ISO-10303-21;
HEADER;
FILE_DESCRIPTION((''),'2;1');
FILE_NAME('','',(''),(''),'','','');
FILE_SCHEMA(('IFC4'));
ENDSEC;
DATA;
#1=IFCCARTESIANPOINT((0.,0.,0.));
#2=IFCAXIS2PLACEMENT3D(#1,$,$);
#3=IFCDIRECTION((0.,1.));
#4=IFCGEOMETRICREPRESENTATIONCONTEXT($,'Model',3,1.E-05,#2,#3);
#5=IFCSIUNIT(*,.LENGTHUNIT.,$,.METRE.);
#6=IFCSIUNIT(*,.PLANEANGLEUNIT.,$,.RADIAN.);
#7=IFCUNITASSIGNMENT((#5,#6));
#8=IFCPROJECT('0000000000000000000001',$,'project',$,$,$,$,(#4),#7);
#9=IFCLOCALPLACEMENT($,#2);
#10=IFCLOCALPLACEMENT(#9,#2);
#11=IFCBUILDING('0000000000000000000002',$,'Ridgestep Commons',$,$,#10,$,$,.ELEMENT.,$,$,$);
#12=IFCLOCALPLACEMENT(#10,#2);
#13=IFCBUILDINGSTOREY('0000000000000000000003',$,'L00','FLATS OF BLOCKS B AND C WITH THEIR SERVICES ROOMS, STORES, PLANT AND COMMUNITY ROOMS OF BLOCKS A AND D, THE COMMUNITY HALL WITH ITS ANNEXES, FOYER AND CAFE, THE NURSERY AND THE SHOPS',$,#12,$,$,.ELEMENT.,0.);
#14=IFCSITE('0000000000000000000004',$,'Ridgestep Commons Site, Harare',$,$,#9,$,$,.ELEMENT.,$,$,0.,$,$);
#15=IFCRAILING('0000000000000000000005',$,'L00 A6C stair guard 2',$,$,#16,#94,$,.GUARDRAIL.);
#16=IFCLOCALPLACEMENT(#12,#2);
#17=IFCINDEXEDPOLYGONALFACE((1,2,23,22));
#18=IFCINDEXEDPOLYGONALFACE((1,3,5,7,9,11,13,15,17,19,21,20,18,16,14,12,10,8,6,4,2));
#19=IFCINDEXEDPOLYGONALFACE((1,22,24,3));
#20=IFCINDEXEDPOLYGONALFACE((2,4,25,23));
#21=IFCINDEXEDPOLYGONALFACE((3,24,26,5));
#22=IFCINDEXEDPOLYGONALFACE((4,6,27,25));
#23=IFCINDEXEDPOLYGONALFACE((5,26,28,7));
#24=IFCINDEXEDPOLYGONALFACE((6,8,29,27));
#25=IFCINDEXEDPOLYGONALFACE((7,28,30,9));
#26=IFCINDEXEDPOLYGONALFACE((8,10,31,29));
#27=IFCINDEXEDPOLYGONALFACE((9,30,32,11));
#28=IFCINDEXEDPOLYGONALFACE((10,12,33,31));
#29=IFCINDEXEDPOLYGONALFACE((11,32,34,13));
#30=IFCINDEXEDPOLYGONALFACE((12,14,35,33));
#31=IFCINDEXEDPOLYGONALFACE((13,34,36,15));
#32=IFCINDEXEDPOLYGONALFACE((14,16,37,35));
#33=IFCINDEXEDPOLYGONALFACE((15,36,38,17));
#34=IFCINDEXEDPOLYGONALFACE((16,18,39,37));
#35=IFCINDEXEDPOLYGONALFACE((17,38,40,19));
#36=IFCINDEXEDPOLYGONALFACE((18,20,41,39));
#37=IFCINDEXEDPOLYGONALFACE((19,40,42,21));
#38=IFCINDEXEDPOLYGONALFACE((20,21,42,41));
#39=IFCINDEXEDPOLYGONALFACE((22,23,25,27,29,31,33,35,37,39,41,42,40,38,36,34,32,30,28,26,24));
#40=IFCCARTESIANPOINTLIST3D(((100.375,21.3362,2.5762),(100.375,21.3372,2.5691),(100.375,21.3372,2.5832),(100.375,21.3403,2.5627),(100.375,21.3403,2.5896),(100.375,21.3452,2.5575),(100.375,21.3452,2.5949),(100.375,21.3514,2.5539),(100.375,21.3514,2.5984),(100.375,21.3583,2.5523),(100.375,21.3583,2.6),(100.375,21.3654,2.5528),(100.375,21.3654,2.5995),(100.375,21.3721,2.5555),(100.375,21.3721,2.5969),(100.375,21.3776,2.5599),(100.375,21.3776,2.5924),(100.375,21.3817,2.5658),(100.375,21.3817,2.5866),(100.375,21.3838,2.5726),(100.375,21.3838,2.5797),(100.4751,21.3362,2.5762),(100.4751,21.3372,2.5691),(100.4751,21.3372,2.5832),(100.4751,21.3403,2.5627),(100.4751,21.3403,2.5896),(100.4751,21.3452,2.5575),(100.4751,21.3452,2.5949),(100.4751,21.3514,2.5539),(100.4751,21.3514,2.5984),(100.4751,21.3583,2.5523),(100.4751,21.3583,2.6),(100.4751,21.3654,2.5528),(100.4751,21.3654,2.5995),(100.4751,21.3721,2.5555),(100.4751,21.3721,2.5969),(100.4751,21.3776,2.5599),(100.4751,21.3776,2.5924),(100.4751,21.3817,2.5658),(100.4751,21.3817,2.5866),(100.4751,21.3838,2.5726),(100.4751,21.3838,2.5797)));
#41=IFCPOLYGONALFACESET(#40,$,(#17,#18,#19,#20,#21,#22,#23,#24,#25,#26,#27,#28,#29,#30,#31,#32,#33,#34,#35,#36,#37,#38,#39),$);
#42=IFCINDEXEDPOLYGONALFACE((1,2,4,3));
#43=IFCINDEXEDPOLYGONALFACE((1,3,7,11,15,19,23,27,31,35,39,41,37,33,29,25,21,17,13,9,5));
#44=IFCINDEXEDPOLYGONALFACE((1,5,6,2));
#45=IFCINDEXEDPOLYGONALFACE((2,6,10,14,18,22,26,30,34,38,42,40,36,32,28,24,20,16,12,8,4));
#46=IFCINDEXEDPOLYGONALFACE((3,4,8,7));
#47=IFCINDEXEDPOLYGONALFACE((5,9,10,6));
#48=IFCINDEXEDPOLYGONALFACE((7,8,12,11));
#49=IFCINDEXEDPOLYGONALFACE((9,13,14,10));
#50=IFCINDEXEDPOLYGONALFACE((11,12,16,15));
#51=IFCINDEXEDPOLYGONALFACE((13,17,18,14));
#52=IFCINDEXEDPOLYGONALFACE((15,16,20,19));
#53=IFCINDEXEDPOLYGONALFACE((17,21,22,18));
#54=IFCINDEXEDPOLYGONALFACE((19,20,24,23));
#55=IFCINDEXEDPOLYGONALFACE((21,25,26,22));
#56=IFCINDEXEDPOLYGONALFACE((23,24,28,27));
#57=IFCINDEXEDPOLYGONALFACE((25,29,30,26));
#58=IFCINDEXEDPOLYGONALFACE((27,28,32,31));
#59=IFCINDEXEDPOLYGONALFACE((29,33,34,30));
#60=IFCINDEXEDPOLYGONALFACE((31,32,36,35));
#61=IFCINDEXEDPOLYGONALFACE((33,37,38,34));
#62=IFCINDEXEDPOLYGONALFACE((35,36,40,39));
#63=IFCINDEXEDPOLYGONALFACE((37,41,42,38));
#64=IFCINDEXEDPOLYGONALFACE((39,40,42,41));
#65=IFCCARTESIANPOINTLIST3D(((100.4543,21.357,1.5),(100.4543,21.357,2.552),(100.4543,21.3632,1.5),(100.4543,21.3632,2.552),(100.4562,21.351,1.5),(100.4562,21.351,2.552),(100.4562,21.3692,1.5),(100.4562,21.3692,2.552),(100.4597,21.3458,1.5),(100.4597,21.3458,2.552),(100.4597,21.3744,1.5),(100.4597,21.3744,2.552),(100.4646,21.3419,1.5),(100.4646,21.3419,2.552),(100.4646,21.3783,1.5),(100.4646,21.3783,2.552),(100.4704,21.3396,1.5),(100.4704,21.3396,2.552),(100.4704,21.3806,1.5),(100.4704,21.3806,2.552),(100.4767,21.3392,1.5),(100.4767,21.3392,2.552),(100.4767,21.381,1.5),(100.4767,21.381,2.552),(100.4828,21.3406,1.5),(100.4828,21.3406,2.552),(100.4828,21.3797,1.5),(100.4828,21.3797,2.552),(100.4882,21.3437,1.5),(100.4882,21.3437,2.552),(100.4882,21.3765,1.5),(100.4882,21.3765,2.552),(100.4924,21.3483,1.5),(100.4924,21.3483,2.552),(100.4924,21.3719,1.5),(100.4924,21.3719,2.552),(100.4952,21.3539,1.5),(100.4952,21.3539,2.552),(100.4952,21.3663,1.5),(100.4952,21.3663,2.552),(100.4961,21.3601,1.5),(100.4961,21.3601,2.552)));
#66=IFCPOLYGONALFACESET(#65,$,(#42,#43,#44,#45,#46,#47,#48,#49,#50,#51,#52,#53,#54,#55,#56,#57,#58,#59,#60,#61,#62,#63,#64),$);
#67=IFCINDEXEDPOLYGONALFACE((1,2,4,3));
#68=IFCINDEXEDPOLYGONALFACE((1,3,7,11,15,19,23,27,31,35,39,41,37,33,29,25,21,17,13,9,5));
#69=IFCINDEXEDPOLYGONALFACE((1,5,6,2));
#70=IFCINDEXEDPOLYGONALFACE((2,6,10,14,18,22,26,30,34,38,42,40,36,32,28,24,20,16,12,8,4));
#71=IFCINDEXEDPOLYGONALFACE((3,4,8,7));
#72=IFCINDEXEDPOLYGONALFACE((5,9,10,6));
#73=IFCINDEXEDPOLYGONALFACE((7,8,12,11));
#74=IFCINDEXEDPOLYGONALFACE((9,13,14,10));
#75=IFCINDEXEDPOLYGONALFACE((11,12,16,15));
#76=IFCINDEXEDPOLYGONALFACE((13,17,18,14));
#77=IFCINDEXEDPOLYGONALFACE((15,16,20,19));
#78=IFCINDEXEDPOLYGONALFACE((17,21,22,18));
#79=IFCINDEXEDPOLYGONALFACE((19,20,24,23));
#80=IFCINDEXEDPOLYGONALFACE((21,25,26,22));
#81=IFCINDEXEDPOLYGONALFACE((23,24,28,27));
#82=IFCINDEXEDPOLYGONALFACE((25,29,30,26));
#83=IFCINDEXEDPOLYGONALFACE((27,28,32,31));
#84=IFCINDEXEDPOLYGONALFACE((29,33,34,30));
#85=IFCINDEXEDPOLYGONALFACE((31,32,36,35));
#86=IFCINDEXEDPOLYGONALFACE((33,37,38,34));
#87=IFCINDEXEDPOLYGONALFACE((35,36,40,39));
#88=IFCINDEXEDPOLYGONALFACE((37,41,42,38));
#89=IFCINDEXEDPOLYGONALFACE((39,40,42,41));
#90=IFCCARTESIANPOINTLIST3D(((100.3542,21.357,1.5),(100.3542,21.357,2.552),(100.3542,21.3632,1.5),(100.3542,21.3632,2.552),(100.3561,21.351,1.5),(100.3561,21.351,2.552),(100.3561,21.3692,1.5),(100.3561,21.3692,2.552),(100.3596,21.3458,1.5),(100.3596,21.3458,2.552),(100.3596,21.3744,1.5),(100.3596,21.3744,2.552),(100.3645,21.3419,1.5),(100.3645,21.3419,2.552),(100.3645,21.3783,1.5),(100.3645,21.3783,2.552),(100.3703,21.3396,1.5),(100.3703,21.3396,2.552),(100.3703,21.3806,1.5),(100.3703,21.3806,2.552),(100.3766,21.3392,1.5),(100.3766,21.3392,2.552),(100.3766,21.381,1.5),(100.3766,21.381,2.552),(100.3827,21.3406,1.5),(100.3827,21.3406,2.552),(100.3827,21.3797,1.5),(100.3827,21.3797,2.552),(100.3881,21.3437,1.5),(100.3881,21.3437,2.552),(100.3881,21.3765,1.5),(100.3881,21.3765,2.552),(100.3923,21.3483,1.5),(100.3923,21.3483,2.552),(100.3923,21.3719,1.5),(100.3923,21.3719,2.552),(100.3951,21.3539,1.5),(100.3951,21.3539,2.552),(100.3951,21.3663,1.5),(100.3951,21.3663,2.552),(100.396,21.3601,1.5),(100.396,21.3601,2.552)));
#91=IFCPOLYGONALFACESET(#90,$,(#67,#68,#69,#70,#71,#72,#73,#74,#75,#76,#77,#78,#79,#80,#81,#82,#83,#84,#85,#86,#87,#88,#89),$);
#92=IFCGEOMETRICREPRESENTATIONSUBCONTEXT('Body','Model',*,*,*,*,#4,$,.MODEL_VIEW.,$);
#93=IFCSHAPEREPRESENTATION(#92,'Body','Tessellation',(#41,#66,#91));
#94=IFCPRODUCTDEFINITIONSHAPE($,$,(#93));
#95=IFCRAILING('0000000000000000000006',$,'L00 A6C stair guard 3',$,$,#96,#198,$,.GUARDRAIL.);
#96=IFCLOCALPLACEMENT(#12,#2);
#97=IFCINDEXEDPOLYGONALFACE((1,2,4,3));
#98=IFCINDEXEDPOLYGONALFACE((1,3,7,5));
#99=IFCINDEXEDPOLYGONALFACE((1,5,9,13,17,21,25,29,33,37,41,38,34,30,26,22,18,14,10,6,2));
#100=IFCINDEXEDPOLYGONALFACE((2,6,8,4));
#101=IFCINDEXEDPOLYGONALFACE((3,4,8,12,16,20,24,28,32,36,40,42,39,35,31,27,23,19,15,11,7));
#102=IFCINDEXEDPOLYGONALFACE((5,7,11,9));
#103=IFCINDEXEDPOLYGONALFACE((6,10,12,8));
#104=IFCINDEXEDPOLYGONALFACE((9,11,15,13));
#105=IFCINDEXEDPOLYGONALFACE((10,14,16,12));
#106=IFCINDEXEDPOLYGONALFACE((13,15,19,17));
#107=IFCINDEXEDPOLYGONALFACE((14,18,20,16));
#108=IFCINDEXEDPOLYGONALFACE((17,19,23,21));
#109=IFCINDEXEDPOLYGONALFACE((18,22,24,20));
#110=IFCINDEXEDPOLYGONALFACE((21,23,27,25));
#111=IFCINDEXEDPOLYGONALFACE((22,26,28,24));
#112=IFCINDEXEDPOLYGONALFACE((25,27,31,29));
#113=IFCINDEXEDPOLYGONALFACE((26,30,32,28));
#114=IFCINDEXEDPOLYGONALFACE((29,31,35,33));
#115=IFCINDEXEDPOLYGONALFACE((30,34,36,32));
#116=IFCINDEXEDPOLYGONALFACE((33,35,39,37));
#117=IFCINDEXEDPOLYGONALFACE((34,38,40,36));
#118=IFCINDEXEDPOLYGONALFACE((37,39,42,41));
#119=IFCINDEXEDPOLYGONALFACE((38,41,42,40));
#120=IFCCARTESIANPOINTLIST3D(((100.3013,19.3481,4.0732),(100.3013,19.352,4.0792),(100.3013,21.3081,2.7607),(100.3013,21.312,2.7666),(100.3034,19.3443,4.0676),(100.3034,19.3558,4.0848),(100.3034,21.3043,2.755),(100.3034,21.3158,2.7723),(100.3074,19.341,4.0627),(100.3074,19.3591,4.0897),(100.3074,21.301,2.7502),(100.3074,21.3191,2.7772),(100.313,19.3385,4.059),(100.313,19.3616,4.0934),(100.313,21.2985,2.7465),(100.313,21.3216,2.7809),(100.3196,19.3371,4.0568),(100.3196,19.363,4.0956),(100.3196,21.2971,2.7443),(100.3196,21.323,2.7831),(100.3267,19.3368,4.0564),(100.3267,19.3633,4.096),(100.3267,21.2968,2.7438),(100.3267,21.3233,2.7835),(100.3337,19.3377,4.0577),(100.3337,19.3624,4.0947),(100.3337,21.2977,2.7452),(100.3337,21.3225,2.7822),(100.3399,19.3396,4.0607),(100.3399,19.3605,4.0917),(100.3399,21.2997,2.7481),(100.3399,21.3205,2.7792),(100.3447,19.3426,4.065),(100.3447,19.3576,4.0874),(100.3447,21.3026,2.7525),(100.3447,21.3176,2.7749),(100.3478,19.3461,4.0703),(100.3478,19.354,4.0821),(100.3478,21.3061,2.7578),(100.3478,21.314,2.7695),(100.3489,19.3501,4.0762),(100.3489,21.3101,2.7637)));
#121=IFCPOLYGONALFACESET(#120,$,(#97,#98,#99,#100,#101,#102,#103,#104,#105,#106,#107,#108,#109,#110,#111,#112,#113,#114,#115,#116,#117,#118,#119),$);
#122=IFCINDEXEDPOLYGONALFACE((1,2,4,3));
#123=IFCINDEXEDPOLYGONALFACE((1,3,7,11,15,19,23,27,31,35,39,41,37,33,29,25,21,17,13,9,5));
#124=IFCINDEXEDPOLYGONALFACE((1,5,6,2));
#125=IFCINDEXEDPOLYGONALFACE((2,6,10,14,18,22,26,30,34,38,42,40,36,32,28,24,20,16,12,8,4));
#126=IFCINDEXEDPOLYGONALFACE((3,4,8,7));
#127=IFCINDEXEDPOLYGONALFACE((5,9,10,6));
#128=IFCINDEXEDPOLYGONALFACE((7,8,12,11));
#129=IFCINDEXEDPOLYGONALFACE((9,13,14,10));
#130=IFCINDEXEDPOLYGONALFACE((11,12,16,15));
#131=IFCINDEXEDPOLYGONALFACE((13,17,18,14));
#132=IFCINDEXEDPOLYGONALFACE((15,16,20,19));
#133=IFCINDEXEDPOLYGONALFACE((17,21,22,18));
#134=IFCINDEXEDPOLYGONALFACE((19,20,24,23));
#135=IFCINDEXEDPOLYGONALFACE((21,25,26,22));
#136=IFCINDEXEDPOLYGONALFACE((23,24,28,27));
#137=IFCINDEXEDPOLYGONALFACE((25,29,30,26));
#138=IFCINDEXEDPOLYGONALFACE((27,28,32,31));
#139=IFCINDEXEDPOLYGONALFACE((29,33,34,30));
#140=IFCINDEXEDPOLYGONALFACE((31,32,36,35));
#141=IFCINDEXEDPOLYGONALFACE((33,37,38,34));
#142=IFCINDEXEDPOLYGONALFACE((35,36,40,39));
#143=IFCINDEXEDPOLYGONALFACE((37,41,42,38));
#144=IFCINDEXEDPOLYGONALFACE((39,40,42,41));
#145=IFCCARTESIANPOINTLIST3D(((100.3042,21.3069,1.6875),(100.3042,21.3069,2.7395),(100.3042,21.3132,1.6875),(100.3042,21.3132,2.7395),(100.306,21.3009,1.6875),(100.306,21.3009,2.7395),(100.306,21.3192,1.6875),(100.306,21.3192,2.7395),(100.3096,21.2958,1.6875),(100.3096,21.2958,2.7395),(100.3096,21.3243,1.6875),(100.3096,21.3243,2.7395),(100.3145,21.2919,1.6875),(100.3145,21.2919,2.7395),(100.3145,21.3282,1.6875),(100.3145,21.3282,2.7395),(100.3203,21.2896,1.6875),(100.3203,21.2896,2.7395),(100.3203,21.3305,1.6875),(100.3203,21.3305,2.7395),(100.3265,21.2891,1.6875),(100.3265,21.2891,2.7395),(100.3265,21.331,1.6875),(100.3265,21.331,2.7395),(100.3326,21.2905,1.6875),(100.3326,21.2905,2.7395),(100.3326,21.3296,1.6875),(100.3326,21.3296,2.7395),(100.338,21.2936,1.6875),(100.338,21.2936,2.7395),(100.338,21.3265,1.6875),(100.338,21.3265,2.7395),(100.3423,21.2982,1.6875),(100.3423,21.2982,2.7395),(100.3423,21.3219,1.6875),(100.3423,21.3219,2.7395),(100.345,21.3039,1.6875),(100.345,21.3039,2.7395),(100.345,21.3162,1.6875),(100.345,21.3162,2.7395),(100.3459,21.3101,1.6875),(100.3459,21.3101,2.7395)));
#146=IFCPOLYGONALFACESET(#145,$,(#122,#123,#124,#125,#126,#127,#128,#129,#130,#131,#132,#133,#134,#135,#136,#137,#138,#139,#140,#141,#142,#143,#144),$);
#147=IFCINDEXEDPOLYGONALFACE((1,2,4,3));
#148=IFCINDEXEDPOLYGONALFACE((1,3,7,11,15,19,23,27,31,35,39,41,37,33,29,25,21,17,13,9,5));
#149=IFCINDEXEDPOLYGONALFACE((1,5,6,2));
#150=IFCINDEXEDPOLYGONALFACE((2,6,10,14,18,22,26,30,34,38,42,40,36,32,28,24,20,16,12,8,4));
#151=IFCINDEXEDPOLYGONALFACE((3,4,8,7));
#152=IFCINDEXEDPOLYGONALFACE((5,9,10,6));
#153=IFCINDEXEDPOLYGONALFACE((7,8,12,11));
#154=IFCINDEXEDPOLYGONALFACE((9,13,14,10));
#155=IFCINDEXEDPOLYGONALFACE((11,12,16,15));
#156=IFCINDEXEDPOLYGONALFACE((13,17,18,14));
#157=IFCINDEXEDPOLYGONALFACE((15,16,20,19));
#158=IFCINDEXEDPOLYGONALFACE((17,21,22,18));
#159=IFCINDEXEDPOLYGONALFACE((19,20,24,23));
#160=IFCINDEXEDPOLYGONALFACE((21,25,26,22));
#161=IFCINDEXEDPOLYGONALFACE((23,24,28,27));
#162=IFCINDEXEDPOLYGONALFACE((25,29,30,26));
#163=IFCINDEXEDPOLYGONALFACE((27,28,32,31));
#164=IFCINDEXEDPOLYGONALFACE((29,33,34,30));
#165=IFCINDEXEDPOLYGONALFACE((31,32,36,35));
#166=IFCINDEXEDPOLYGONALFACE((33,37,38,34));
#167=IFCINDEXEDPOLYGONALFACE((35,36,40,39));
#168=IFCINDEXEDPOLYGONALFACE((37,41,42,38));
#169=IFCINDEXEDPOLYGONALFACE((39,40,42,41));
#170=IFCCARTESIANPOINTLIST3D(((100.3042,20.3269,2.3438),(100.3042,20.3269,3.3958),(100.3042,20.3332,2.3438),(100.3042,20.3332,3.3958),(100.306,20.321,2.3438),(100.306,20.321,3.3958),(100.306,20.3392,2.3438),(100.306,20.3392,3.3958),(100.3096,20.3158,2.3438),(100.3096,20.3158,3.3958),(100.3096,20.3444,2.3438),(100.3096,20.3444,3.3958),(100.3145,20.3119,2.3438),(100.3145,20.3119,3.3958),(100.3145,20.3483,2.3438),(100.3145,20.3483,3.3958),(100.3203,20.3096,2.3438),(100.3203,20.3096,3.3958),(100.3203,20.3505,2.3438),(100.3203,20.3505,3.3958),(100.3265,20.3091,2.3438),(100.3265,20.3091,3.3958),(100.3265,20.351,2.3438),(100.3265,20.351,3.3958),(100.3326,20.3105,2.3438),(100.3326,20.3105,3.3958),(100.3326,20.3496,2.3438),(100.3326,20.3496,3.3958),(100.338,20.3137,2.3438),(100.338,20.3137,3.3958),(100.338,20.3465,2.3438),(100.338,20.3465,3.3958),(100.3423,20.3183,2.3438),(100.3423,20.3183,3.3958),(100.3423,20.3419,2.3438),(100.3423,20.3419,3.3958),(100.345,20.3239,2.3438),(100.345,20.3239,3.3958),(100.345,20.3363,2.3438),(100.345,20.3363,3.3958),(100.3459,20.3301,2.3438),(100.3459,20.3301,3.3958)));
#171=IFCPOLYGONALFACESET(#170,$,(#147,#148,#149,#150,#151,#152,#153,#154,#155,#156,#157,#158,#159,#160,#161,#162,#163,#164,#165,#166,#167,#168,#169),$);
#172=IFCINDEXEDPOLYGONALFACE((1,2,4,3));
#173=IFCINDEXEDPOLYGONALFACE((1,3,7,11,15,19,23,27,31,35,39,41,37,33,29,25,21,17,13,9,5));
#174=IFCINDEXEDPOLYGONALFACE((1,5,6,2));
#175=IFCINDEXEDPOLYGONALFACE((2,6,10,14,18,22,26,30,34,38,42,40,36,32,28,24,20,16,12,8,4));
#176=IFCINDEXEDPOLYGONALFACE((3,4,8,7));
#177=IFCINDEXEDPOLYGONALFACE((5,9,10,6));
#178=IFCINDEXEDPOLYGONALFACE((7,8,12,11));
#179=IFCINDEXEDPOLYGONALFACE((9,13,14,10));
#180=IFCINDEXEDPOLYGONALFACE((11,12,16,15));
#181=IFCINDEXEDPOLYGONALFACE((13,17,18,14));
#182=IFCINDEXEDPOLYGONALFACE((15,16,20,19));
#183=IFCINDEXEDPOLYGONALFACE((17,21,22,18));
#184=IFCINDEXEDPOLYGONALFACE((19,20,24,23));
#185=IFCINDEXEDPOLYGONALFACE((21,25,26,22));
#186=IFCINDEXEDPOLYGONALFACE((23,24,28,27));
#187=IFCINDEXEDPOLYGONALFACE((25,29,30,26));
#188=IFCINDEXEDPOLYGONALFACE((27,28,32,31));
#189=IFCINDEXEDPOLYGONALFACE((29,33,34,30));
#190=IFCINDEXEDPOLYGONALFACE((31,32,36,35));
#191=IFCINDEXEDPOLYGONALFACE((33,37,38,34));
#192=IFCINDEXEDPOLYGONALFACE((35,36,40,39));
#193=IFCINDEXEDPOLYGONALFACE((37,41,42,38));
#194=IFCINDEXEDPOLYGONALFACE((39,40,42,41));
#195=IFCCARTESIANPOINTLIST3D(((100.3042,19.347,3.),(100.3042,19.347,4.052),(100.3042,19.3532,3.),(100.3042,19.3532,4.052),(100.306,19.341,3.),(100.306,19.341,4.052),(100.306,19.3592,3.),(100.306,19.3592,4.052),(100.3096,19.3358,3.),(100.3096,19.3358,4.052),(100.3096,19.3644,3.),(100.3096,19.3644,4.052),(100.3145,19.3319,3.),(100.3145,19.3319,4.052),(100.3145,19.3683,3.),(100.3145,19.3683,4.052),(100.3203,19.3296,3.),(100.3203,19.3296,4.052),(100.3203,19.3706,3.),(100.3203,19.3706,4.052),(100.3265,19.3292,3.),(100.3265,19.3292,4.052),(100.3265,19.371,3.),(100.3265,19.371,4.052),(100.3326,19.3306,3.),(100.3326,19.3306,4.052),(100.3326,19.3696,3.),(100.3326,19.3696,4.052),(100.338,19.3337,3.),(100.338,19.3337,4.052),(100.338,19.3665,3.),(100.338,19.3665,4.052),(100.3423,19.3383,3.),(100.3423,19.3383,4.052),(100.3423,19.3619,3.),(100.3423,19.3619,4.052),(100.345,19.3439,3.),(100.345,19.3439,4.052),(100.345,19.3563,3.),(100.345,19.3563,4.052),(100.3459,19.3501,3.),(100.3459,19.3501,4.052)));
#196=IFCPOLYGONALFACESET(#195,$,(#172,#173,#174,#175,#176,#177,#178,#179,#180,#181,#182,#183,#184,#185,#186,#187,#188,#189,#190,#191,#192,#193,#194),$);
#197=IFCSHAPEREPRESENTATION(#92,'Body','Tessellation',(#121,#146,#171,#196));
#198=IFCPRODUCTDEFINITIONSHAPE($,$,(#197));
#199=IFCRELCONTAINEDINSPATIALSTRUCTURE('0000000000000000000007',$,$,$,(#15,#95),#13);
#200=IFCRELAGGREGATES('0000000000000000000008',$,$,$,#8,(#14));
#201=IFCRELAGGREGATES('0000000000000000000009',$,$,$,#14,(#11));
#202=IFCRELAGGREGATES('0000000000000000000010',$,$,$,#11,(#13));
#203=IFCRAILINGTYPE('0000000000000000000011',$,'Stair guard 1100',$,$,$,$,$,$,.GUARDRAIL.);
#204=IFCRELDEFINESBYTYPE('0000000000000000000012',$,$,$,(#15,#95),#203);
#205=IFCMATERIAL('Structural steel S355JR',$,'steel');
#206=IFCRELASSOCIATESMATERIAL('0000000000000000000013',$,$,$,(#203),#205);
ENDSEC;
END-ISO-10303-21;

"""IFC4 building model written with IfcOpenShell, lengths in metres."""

from ifc_helpers import new_model, si_unit, direction, frame, origin, origin_2d, place, context, subcontext, project, spatial, circle, extrude, material, type_object, element, save


model = new_model("IFC4")

# Units and contexts
model_context = context("Model", 3, precision=1e-05, world=origin(), true_north=direction((0.0, 1.0)))
body_context = subcontext(model_context, "Body", "Model", "MODEL_VIEW")
ifc_project = project(units=[si_unit("LENGTHUNIT", "METRE"), si_unit("PLANEANGLEUNIT", "RADIAN")], contexts=[model_context])

# Site, building, storey
site_placement = place(None, origin())
site = spatial("IfcSite", under=ifc_project, at=site_placement, Name="Ridgestep Commons Site, Harare", CompositionType="ELEMENT", RefElevation=0.0)
building_placement = place(site_placement, origin())
building = spatial("IfcBuilding", under=site, at=building_placement, Name="Ridgestep Commons", CompositionType="ELEMENT")
storey_placement = place(building_placement, origin())
storey = spatial("IfcBuildingStorey", under=building, at=storey_placement, Name="L00", Description="FLATS OF BLOCKS B AND C WITH THEIR SERVICES ROOMS, STORES, PLANT AND COMMUNITY ROOMS OF BLOCKS A AND D, THE COMMUNITY HALL WITH ITS ANNEXES, FOYER AND CAFE, THE NURSERY AND THE SHOPS", CompositionType="ELEMENT", Elevation=0.0)

# Railings
ifc_material_1 = material(Name="Structural steel S355JR", Category="steel")
railing_type_1 = type_object("IfcRailingType", Name="Stair guard 1100", PredefinedType="GUARDRAIL", material=ifc_material_1)
railing_1_placement = place(storey_placement, frame((100.4751, 21.3601, 1.5)))
element("IfcRailing", 1, at=railing_1_placement, inside=storey, type_object=railing_type_1, Name="L00 A6C stair guard 2", PredefinedType="GUARDRAIL", context=body_context, shape_type="SweptSolid", body=[
    extrude(circle(Radius=0.0239, at=origin_2d()), frame((0.0, 0.0, 1.0762), z_axis=(-1.0, 0.0, 0.0), x_axis=(0.0, -1.0, 0.0)), (0.0, 0.0, 1.0), 0.1001),
    extrude(circle(Radius=0.021, at=origin_2d()), origin(), (0.0, 0.0, 1.0), 1.052),
    extrude(circle(Radius=0.021, at=origin_2d()), frame((-0.1001, 0.0, 0.0)), (0.0, 0.0, 1.0), 1.052),
])
railing_2_placement = place(storey_placement, frame((100.325, 21.3101, 1.6875)))
element("IfcRailing", 2, at=railing_2_placement, inside=storey, type_object=railing_type_1, Name="L00 A6C stair guard 3", PredefinedType="GUARDRAIL", context=body_context, shape_type="SweptSolid", body=[
    extrude(circle(Radius=0.0239, at=origin_2d()), frame((0.0, 0.0, 1.0762), z_axis=(0.0, -0.830902, 0.556419), x_axis=(1.0, 0.0, 0.0)), (0.0, 0.0, 1.0), 2.3589),
    extrude(circle(Radius=0.021, at=origin_2d()), origin(), (0.0, 0.0, 1.0), 1.052),
    extrude(circle(Radius=0.021, at=origin_2d()), frame((0.0, -0.98, 0.6562)), (0.0, 0.0, 1.0), 1.052),
    extrude(circle(Radius=0.021, at=origin_2d()), frame((0.0, -1.96, 1.3125)), (0.0, 0.0, 1.0), 1.052),
])

save(model, "model.ifc")
